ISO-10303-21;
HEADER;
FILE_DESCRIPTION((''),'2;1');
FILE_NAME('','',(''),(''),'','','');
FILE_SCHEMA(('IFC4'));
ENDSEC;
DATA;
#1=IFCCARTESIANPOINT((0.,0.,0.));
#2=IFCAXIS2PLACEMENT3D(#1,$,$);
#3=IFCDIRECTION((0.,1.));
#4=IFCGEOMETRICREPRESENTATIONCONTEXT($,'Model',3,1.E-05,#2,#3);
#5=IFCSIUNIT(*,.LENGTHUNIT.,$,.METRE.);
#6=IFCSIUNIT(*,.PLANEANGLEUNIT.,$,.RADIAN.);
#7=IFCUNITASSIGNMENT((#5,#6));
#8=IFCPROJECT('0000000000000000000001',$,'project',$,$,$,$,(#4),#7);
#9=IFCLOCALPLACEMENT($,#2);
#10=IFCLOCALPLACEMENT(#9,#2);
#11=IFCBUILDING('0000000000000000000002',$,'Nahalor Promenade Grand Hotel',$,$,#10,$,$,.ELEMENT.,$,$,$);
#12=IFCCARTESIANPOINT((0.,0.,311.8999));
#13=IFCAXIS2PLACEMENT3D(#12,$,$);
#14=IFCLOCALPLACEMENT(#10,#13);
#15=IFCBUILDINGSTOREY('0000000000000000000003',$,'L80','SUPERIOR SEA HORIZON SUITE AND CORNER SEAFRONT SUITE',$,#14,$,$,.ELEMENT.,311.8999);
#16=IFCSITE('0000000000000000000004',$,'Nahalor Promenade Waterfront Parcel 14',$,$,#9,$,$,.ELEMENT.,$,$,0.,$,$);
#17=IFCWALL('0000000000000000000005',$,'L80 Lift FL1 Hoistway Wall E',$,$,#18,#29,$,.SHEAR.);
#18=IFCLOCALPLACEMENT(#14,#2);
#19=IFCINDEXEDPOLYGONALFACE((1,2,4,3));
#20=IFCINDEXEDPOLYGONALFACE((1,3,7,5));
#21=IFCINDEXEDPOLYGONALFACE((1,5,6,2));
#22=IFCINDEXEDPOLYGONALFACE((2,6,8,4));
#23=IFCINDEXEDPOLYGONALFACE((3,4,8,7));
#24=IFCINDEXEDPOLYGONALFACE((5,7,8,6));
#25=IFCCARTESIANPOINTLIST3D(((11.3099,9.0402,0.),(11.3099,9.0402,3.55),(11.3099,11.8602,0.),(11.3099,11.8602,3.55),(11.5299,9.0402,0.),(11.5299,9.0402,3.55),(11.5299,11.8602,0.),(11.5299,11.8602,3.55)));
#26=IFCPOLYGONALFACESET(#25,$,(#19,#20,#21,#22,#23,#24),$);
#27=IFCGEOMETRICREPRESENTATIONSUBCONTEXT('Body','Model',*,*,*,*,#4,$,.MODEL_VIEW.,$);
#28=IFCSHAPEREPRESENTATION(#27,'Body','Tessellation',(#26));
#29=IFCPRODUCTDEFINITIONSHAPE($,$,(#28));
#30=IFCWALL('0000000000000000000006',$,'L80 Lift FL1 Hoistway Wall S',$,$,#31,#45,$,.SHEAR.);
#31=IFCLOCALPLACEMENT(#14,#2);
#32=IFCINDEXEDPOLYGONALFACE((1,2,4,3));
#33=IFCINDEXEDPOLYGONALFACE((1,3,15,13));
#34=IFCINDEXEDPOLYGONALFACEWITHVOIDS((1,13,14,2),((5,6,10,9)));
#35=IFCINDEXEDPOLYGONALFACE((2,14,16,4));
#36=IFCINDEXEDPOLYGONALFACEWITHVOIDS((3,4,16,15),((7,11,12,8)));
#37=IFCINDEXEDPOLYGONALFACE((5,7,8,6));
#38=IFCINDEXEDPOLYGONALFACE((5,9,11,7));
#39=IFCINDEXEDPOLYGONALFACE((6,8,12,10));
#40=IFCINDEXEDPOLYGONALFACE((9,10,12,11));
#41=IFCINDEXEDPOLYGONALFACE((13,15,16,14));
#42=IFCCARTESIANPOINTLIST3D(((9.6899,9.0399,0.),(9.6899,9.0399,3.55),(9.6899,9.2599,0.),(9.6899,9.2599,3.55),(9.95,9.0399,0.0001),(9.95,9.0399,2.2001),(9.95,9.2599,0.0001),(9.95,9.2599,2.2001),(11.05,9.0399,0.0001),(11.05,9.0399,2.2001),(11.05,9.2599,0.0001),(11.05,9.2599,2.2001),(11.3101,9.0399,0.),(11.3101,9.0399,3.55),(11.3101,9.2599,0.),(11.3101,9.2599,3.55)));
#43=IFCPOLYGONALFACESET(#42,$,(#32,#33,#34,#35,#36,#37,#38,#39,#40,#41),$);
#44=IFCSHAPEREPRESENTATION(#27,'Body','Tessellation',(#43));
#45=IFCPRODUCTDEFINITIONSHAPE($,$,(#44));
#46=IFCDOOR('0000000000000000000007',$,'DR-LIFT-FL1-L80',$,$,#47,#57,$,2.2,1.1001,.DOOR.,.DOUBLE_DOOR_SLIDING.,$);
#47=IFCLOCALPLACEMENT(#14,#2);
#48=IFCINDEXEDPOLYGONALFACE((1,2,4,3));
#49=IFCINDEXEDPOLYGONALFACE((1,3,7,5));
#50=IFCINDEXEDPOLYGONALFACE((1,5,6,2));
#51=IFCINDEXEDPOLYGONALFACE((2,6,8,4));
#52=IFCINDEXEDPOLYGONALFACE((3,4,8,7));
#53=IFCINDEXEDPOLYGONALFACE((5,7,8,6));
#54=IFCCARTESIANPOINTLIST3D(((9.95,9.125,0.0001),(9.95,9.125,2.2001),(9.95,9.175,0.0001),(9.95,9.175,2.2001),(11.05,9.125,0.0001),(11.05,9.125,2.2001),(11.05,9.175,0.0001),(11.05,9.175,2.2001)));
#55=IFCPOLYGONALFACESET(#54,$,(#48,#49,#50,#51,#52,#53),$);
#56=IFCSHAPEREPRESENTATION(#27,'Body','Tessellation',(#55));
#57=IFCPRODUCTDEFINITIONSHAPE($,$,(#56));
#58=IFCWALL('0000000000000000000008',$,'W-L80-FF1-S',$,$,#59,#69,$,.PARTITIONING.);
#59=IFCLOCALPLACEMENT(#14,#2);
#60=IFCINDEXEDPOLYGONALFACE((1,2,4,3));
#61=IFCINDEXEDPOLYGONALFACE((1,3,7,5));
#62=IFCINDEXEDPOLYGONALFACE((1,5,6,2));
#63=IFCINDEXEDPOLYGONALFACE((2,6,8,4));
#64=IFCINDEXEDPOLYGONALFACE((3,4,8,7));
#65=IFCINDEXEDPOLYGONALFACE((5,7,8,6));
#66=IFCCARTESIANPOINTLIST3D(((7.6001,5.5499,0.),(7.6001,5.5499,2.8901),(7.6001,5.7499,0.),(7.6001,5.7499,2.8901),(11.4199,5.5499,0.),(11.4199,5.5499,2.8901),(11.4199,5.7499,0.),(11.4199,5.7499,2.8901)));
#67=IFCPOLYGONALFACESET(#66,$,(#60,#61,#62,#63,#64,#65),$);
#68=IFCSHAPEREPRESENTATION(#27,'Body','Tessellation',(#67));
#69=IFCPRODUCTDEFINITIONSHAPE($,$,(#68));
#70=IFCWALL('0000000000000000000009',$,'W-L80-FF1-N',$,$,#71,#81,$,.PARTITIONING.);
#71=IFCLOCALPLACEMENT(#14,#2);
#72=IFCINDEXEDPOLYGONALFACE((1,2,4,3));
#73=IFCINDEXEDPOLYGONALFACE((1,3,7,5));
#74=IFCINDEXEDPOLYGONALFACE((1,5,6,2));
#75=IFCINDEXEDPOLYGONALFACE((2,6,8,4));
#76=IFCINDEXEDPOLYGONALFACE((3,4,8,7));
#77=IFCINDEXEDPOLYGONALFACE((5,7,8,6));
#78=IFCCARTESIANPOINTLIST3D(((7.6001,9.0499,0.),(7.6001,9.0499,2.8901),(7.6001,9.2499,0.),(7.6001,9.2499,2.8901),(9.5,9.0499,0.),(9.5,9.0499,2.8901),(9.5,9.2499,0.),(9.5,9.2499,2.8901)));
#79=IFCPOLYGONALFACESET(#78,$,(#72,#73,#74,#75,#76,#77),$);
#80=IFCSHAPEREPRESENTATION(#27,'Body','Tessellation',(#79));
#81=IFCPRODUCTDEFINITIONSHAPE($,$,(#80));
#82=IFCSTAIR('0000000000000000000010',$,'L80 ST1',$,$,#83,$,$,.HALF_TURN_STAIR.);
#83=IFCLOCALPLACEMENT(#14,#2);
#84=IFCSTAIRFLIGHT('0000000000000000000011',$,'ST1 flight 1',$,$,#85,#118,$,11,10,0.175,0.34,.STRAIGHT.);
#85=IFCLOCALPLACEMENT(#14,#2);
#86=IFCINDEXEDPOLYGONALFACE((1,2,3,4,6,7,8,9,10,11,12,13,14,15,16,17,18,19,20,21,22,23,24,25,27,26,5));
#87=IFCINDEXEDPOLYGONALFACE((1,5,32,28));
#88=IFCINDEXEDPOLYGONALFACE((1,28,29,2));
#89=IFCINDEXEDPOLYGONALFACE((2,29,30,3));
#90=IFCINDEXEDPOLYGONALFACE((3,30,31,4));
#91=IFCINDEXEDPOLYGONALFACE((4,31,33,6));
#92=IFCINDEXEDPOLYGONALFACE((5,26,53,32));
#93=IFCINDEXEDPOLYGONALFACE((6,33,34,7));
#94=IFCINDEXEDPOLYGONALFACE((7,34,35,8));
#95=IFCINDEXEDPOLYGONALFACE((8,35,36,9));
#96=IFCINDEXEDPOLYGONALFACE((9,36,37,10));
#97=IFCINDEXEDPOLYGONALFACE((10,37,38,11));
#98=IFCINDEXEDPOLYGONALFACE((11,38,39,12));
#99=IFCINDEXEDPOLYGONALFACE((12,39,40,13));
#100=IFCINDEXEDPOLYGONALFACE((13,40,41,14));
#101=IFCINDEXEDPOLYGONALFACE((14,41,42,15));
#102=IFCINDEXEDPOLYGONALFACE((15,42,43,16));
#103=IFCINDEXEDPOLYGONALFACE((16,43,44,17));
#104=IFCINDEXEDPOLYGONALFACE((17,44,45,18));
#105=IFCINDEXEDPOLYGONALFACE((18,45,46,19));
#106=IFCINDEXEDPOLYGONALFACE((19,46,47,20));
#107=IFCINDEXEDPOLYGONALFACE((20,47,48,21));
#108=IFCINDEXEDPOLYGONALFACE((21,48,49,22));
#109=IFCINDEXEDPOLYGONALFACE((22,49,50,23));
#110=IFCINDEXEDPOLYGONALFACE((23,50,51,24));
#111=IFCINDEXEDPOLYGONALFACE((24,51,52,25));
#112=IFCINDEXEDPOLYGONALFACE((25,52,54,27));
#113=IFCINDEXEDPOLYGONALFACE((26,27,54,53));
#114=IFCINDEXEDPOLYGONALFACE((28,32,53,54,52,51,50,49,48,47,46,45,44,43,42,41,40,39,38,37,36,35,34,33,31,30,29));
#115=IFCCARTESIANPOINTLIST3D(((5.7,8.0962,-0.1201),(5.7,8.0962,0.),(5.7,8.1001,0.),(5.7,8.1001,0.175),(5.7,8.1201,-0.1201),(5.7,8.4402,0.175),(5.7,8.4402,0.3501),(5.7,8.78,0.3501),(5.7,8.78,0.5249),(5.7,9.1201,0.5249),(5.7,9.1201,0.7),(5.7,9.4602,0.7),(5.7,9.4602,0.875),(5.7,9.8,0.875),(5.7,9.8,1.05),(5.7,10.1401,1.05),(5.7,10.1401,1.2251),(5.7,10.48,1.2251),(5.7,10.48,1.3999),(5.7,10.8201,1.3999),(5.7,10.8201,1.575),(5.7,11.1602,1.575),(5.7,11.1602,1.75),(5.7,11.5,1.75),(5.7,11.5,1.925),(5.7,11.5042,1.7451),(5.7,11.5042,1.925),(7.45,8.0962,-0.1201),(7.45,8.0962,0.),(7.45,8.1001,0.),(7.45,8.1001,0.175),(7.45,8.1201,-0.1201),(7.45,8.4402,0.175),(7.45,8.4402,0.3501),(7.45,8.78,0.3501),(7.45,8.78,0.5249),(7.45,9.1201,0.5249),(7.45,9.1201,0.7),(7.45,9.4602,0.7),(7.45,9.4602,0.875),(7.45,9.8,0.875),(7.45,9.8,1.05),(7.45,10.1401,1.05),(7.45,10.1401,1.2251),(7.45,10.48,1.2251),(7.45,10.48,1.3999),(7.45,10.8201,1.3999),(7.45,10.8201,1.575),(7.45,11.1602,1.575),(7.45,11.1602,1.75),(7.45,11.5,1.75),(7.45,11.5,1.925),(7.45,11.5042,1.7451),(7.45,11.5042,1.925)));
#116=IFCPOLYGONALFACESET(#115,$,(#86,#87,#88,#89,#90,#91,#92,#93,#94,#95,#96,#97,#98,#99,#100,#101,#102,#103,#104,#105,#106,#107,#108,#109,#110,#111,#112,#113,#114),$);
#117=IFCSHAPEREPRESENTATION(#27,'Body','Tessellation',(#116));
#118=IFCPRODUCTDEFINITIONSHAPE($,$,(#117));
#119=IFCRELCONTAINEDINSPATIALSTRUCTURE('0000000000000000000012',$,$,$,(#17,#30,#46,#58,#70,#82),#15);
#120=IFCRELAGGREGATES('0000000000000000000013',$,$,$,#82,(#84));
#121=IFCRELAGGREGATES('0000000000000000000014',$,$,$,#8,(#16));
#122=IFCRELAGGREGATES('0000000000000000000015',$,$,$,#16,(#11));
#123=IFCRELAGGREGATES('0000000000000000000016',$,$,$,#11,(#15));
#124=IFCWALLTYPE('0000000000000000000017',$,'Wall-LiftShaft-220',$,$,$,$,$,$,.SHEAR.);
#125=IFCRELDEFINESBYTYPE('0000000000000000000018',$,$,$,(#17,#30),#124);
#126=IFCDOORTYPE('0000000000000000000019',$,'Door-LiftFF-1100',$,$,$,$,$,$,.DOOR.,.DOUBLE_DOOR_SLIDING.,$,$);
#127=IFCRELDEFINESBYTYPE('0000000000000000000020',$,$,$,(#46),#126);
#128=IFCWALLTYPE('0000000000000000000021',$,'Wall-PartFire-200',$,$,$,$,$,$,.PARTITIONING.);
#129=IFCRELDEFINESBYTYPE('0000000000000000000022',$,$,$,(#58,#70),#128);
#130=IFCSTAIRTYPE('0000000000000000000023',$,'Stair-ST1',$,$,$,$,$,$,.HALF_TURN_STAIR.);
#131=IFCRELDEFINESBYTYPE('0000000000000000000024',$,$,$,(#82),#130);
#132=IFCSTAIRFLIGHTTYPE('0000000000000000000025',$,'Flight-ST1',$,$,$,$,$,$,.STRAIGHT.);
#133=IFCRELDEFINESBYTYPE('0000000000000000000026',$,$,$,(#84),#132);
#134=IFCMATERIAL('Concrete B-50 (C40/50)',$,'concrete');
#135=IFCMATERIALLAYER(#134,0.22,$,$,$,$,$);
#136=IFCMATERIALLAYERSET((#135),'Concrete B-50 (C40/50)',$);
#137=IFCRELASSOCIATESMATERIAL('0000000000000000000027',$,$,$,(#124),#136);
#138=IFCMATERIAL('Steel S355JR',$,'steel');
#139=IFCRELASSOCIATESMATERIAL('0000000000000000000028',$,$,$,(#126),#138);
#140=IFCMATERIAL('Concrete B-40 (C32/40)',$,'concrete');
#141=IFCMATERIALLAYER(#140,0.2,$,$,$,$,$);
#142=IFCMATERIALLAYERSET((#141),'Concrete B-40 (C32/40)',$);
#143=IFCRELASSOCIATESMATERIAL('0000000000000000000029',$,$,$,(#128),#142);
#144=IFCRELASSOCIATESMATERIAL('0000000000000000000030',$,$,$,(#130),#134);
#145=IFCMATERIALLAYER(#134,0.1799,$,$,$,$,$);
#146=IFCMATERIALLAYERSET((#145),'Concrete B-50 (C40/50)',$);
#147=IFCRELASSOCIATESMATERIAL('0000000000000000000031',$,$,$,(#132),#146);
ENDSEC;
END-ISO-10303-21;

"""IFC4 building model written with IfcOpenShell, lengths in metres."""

from ifc_helpers import new_model, si_unit, direction, frame, frame_2d, origin, place, context, subcontext, project, spatial, polyline, rectangle, outline, extrude, source, transform, mapped, material, layer, layer_set, type_object, element, fill, aggregate, save


model = new_model("IFC4")

# Units and contexts
model_context = context("Model", 3, precision=1e-05, world=origin(), true_north=direction((0.0, 1.0)))
body_context = subcontext(model_context, "Body", "Model", "MODEL_VIEW")
ifc_project = project(units=[si_unit("LENGTHUNIT", "METRE"), si_unit("PLANEANGLEUNIT", "RADIAN")], contexts=[model_context])

# Site, building, storey
site_placement = place(None, origin())
site = spatial("IfcSite", under=ifc_project, at=site_placement, Name="Nahalor Promenade Waterfront Parcel 14", CompositionType="ELEMENT", RefElevation=0.0)
building_placement = place(site_placement, origin())
building = spatial("IfcBuilding", under=site, at=building_placement, Name="Nahalor Promenade Grand Hotel", CompositionType="ELEMENT")
storey_placement = place(building_placement, frame((0.0, 0.0, 311.8999)))
storey = spatial("IfcBuildingStorey", under=building, at=storey_placement, Name="L80", Description="SUPERIOR SEA HORIZON SUITE AND CORNER SEAFRONT SUITE", CompositionType="ELEMENT", Elevation=311.8999)

# Shared definitions
ifc_material_1 = material(Name="Steel S355JR", Category="steel")

# Shared definitions
ifc_material_2 = material(Name="Concrete B-50 (C40/50)", Category="concrete")

# Wall
ifc_layer_1 = layer(ifc_material_2, 0.22)
ifc_layer_set_1 = layer_set([ifc_layer_1], Name="Concrete B-50 (C40/50)")
wall_type_1 = type_object("IfcWallType", Name="Wall-LiftShaft-220", PredefinedType="SHEAR", material=ifc_layer_set_1)
shared_shape_1 = source(origin(), body_context, "Body", "SweptSolid", [
    extrude(rectangle(XDim=2.8201, YDim=0.22, at=frame_2d((1.4102, 0.0))), origin(), (0.0, 0.0, 1.0), 3.55),
])
for number, where, z_axis, x_axis, name in (
    (1, (11.4199, 9.04, 0.0), (0.0, 0.0, 1.0), (0.0, 1.0, 0.0), "L80 Lift FL1 Hoistway Wall E"),
):
    element("IfcWall", number, at=place(storey_placement, frame(where, z_axis=z_axis, x_axis=x_axis)), inside=storey, type_object=wall_type_1, Name=name, PredefinedType="SHEAR", context=body_context, shape_type="MappedRepresentation", body=[
        mapped(shared_shape_1, transform((0.0, 0.0, 0.0), scale=1.0)),
    ])

# Wall, opening, door
shared_shape_2 = source(origin(), body_context, "Body", "SweptSolid", [
    extrude(rectangle(XDim=1.6201, YDim=0.22, at=frame_2d((0.8101, 0.0))), origin(), (0.0, 0.0, 1.0), 3.55),
])
wall_1_placement = place(storey_placement, frame((9.6899, 9.1499, 0.0), z_axis=(0.0, 0.0, 1.0), x_axis=(1.0, 0.0, 0.0)))
wall_1 = element("IfcWall", 2, at=wall_1_placement, inside=storey, type_object=wall_type_1, Name="L80 Lift FL1 Hoistway Wall S", PredefinedType="SHEAR", context=body_context, shape_type="MappedRepresentation", body=[
    mapped(shared_shape_2, transform((0.0, 0.0, 0.0), scale=1.0)),
])
opening_1_placement = place(wall_1_placement, frame((0.26, 0.0, 0.0)))
opening_1 = element("IfcOpeningElement", 3, at=opening_1_placement, cuts=wall_1, PredefinedType="OPENING", context=body_context, shape_type="SweptSolid", body=[
    extrude(rectangle(XDim=1.1001, YDim=2.2, at=frame_2d((0.55, 1.1001))), frame((0.0, 0.1199, 0.0), z_axis=(0.0, -1.0, 0.0), x_axis=(1.0, 0.0, 0.0)), (0.0, 0.0, 1.0), 0.24),
])
door_type_1 = type_object("IfcDoorType", Name="Door-LiftFF-1100", OperationType="DOUBLE_DOOR_SLIDING", PredefinedType="DOOR", material=ifc_material_1)
shared_shape_3 = source(origin(), body_context, "Body", "SweptSolid", [
    extrude(rectangle(XDim=1.1001, YDim=2.2, at=frame_2d((0.55, 1.1001))), frame((0.0, 0.0249, 0.0), z_axis=(0.0, -1.0, 0.0), x_axis=(1.0, 0.0, 0.0)), (0.0, 0.0, 1.0), 0.05),
])
door_1_placement = place(opening_1_placement, frame((1.1001, 0.0, 0.0), z_axis=(0.0, 0.0, 1.0), x_axis=(-1.0, 0.0, 0.0)))
door_1 = element("IfcDoor", 4, at=door_1_placement, inside=storey, type_object=door_type_1, Name="DR-LIFT-FL1-L80", OperationType="DOUBLE_DOOR_SLIDING", OverallHeight=2.2, OverallWidth=1.1001, PredefinedType="DOOR", context=body_context, shape_type="MappedRepresentation", body=[
    mapped(shared_shape_3, transform((0.0, 0.0, 0.0), scale=1.0)),
])
fill(opening_1, door_1)

# Walls
ifc_material_3 = material(Name="Concrete B-40 (C32/40)", Category="concrete")
ifc_layer_2 = layer(ifc_material_3, 0.2)
ifc_layer_set_2 = layer_set([ifc_layer_2], Name="Concrete B-40 (C32/40)")
wall_type_2 = type_object("IfcWallType", Name="Wall-PartFire-200", PredefinedType="PARTITIONING", material=ifc_layer_set_2)
shared_shape_4 = source(origin(), body_context, "Body", "SweptSolid", [
    extrude(rectangle(XDim=3.8198, YDim=0.2, at=frame_2d((1.9099, 0.0))), origin(), (0.0, 0.0, 1.0), 2.8901),
])
wall_2_placement = place(storey_placement, frame((7.6001, 5.6499, 0.0), z_axis=(0.0, 0.0, 1.0), x_axis=(1.0, 0.0, 0.0)))
element("IfcWall", 5, at=wall_2_placement, inside=storey, type_object=wall_type_2, Name="W-L80-FF1-S", PredefinedType="PARTITIONING", context=body_context, shape_type="MappedRepresentation", body=[
    mapped(shared_shape_4, transform((0.0, 0.0, 0.0), scale=1.0)),
])
shared_shape_5 = source(origin(), body_context, "Body", "SweptSolid", [
    extrude(rectangle(XDim=1.8999, YDim=0.2, at=frame_2d((0.95, 0.0))), origin(), (0.0, 0.0, 1.0), 2.8901),
])
wall_3_placement = place(storey_placement, frame((7.6001, 9.1499, 0.0), z_axis=(0.0, 0.0, 1.0), x_axis=(1.0, 0.0, 0.0)))
element("IfcWall", 6, at=wall_3_placement, inside=storey, type_object=wall_type_2, Name="W-L80-FF1-N", PredefinedType="PARTITIONING", context=body_context, shape_type="MappedRepresentation", body=[
    mapped(shared_shape_5, transform((0.0, 0.0, 0.0), scale=1.0)),
])

# Stair, stair flight
stair_type = type_object("IfcStairType", Name="Stair-ST1", PredefinedType="HALF_TURN_STAIR", material=ifc_material_2)
stair_placement = place(storey_placement, origin())
stair = element("IfcStair", 7, at=stair_placement, inside=storey, type_object=stair_type, Name="L80 ST1", PredefinedType="HALF_TURN_STAIR")
ifc_layer_3 = layer(ifc_material_2, 0.1799)
ifc_layer_set_3 = layer_set([ifc_layer_3], Name="Concrete B-50 (C40/50)")
stair_flight_type = type_object("IfcStairFlightType", Name="Flight-ST1", PredefinedType="STRAIGHT", material=ifc_layer_set_3)
shared_shape_6 = source(origin(), body_context, "Body", "SweptSolid", [
    extrude(outline(polyline([(-0.0039, -0.1201), (-0.0039, 0.0), (0.0, 0.0), (0.0, 0.175), (0.3401, 0.175), (0.3401, 0.3501), (0.6799, 0.3501), (0.6799, 0.5249), (1.02, 0.5249), (1.02, 0.7), (1.3601, 0.7), (1.3601, 0.875), (1.7, 0.875), (1.7, 1.05), (2.04, 1.05), (2.04, 1.2251), (2.3799, 1.2251), (2.3799, 1.3999), (2.72, 1.3999), (2.72, 1.575), (3.0601, 1.575), (3.0601, 1.75), (3.3999, 1.75), (3.3999, 1.925), (3.4041, 1.925), (3.4041, 1.7451), (0.02, -0.1201), (-0.0039, -0.1201)])), frame((0.0, 0.875, 0.0), z_axis=(0.0, -1.0, 0.0), x_axis=(1.0, 0.0, 0.0)), (0.0, 0.0, 1.0), 1.75),
])
stair_flight_placement = place(storey_placement, frame((6.575, 8.1001, 0.0), z_axis=(0.0, 0.0, 1.0), x_axis=(0.0, 1.0, 0.0)))
stair_flight = element("IfcStairFlight", 8, at=stair_flight_placement, type_object=stair_flight_type, Name="ST1 flight 1", NumberOfRisers=11, NumberOfTreads=10, PredefinedType="STRAIGHT", RiserHeight=0.175, TreadLength=0.34, context=body_context, shape_type="MappedRepresentation", body=[
    mapped(shared_shape_6, transform((0.0, 0.0, 0.0), scale=1.0)),
])
aggregate(stair, [stair_flight])

save(model, "model.ifc")
